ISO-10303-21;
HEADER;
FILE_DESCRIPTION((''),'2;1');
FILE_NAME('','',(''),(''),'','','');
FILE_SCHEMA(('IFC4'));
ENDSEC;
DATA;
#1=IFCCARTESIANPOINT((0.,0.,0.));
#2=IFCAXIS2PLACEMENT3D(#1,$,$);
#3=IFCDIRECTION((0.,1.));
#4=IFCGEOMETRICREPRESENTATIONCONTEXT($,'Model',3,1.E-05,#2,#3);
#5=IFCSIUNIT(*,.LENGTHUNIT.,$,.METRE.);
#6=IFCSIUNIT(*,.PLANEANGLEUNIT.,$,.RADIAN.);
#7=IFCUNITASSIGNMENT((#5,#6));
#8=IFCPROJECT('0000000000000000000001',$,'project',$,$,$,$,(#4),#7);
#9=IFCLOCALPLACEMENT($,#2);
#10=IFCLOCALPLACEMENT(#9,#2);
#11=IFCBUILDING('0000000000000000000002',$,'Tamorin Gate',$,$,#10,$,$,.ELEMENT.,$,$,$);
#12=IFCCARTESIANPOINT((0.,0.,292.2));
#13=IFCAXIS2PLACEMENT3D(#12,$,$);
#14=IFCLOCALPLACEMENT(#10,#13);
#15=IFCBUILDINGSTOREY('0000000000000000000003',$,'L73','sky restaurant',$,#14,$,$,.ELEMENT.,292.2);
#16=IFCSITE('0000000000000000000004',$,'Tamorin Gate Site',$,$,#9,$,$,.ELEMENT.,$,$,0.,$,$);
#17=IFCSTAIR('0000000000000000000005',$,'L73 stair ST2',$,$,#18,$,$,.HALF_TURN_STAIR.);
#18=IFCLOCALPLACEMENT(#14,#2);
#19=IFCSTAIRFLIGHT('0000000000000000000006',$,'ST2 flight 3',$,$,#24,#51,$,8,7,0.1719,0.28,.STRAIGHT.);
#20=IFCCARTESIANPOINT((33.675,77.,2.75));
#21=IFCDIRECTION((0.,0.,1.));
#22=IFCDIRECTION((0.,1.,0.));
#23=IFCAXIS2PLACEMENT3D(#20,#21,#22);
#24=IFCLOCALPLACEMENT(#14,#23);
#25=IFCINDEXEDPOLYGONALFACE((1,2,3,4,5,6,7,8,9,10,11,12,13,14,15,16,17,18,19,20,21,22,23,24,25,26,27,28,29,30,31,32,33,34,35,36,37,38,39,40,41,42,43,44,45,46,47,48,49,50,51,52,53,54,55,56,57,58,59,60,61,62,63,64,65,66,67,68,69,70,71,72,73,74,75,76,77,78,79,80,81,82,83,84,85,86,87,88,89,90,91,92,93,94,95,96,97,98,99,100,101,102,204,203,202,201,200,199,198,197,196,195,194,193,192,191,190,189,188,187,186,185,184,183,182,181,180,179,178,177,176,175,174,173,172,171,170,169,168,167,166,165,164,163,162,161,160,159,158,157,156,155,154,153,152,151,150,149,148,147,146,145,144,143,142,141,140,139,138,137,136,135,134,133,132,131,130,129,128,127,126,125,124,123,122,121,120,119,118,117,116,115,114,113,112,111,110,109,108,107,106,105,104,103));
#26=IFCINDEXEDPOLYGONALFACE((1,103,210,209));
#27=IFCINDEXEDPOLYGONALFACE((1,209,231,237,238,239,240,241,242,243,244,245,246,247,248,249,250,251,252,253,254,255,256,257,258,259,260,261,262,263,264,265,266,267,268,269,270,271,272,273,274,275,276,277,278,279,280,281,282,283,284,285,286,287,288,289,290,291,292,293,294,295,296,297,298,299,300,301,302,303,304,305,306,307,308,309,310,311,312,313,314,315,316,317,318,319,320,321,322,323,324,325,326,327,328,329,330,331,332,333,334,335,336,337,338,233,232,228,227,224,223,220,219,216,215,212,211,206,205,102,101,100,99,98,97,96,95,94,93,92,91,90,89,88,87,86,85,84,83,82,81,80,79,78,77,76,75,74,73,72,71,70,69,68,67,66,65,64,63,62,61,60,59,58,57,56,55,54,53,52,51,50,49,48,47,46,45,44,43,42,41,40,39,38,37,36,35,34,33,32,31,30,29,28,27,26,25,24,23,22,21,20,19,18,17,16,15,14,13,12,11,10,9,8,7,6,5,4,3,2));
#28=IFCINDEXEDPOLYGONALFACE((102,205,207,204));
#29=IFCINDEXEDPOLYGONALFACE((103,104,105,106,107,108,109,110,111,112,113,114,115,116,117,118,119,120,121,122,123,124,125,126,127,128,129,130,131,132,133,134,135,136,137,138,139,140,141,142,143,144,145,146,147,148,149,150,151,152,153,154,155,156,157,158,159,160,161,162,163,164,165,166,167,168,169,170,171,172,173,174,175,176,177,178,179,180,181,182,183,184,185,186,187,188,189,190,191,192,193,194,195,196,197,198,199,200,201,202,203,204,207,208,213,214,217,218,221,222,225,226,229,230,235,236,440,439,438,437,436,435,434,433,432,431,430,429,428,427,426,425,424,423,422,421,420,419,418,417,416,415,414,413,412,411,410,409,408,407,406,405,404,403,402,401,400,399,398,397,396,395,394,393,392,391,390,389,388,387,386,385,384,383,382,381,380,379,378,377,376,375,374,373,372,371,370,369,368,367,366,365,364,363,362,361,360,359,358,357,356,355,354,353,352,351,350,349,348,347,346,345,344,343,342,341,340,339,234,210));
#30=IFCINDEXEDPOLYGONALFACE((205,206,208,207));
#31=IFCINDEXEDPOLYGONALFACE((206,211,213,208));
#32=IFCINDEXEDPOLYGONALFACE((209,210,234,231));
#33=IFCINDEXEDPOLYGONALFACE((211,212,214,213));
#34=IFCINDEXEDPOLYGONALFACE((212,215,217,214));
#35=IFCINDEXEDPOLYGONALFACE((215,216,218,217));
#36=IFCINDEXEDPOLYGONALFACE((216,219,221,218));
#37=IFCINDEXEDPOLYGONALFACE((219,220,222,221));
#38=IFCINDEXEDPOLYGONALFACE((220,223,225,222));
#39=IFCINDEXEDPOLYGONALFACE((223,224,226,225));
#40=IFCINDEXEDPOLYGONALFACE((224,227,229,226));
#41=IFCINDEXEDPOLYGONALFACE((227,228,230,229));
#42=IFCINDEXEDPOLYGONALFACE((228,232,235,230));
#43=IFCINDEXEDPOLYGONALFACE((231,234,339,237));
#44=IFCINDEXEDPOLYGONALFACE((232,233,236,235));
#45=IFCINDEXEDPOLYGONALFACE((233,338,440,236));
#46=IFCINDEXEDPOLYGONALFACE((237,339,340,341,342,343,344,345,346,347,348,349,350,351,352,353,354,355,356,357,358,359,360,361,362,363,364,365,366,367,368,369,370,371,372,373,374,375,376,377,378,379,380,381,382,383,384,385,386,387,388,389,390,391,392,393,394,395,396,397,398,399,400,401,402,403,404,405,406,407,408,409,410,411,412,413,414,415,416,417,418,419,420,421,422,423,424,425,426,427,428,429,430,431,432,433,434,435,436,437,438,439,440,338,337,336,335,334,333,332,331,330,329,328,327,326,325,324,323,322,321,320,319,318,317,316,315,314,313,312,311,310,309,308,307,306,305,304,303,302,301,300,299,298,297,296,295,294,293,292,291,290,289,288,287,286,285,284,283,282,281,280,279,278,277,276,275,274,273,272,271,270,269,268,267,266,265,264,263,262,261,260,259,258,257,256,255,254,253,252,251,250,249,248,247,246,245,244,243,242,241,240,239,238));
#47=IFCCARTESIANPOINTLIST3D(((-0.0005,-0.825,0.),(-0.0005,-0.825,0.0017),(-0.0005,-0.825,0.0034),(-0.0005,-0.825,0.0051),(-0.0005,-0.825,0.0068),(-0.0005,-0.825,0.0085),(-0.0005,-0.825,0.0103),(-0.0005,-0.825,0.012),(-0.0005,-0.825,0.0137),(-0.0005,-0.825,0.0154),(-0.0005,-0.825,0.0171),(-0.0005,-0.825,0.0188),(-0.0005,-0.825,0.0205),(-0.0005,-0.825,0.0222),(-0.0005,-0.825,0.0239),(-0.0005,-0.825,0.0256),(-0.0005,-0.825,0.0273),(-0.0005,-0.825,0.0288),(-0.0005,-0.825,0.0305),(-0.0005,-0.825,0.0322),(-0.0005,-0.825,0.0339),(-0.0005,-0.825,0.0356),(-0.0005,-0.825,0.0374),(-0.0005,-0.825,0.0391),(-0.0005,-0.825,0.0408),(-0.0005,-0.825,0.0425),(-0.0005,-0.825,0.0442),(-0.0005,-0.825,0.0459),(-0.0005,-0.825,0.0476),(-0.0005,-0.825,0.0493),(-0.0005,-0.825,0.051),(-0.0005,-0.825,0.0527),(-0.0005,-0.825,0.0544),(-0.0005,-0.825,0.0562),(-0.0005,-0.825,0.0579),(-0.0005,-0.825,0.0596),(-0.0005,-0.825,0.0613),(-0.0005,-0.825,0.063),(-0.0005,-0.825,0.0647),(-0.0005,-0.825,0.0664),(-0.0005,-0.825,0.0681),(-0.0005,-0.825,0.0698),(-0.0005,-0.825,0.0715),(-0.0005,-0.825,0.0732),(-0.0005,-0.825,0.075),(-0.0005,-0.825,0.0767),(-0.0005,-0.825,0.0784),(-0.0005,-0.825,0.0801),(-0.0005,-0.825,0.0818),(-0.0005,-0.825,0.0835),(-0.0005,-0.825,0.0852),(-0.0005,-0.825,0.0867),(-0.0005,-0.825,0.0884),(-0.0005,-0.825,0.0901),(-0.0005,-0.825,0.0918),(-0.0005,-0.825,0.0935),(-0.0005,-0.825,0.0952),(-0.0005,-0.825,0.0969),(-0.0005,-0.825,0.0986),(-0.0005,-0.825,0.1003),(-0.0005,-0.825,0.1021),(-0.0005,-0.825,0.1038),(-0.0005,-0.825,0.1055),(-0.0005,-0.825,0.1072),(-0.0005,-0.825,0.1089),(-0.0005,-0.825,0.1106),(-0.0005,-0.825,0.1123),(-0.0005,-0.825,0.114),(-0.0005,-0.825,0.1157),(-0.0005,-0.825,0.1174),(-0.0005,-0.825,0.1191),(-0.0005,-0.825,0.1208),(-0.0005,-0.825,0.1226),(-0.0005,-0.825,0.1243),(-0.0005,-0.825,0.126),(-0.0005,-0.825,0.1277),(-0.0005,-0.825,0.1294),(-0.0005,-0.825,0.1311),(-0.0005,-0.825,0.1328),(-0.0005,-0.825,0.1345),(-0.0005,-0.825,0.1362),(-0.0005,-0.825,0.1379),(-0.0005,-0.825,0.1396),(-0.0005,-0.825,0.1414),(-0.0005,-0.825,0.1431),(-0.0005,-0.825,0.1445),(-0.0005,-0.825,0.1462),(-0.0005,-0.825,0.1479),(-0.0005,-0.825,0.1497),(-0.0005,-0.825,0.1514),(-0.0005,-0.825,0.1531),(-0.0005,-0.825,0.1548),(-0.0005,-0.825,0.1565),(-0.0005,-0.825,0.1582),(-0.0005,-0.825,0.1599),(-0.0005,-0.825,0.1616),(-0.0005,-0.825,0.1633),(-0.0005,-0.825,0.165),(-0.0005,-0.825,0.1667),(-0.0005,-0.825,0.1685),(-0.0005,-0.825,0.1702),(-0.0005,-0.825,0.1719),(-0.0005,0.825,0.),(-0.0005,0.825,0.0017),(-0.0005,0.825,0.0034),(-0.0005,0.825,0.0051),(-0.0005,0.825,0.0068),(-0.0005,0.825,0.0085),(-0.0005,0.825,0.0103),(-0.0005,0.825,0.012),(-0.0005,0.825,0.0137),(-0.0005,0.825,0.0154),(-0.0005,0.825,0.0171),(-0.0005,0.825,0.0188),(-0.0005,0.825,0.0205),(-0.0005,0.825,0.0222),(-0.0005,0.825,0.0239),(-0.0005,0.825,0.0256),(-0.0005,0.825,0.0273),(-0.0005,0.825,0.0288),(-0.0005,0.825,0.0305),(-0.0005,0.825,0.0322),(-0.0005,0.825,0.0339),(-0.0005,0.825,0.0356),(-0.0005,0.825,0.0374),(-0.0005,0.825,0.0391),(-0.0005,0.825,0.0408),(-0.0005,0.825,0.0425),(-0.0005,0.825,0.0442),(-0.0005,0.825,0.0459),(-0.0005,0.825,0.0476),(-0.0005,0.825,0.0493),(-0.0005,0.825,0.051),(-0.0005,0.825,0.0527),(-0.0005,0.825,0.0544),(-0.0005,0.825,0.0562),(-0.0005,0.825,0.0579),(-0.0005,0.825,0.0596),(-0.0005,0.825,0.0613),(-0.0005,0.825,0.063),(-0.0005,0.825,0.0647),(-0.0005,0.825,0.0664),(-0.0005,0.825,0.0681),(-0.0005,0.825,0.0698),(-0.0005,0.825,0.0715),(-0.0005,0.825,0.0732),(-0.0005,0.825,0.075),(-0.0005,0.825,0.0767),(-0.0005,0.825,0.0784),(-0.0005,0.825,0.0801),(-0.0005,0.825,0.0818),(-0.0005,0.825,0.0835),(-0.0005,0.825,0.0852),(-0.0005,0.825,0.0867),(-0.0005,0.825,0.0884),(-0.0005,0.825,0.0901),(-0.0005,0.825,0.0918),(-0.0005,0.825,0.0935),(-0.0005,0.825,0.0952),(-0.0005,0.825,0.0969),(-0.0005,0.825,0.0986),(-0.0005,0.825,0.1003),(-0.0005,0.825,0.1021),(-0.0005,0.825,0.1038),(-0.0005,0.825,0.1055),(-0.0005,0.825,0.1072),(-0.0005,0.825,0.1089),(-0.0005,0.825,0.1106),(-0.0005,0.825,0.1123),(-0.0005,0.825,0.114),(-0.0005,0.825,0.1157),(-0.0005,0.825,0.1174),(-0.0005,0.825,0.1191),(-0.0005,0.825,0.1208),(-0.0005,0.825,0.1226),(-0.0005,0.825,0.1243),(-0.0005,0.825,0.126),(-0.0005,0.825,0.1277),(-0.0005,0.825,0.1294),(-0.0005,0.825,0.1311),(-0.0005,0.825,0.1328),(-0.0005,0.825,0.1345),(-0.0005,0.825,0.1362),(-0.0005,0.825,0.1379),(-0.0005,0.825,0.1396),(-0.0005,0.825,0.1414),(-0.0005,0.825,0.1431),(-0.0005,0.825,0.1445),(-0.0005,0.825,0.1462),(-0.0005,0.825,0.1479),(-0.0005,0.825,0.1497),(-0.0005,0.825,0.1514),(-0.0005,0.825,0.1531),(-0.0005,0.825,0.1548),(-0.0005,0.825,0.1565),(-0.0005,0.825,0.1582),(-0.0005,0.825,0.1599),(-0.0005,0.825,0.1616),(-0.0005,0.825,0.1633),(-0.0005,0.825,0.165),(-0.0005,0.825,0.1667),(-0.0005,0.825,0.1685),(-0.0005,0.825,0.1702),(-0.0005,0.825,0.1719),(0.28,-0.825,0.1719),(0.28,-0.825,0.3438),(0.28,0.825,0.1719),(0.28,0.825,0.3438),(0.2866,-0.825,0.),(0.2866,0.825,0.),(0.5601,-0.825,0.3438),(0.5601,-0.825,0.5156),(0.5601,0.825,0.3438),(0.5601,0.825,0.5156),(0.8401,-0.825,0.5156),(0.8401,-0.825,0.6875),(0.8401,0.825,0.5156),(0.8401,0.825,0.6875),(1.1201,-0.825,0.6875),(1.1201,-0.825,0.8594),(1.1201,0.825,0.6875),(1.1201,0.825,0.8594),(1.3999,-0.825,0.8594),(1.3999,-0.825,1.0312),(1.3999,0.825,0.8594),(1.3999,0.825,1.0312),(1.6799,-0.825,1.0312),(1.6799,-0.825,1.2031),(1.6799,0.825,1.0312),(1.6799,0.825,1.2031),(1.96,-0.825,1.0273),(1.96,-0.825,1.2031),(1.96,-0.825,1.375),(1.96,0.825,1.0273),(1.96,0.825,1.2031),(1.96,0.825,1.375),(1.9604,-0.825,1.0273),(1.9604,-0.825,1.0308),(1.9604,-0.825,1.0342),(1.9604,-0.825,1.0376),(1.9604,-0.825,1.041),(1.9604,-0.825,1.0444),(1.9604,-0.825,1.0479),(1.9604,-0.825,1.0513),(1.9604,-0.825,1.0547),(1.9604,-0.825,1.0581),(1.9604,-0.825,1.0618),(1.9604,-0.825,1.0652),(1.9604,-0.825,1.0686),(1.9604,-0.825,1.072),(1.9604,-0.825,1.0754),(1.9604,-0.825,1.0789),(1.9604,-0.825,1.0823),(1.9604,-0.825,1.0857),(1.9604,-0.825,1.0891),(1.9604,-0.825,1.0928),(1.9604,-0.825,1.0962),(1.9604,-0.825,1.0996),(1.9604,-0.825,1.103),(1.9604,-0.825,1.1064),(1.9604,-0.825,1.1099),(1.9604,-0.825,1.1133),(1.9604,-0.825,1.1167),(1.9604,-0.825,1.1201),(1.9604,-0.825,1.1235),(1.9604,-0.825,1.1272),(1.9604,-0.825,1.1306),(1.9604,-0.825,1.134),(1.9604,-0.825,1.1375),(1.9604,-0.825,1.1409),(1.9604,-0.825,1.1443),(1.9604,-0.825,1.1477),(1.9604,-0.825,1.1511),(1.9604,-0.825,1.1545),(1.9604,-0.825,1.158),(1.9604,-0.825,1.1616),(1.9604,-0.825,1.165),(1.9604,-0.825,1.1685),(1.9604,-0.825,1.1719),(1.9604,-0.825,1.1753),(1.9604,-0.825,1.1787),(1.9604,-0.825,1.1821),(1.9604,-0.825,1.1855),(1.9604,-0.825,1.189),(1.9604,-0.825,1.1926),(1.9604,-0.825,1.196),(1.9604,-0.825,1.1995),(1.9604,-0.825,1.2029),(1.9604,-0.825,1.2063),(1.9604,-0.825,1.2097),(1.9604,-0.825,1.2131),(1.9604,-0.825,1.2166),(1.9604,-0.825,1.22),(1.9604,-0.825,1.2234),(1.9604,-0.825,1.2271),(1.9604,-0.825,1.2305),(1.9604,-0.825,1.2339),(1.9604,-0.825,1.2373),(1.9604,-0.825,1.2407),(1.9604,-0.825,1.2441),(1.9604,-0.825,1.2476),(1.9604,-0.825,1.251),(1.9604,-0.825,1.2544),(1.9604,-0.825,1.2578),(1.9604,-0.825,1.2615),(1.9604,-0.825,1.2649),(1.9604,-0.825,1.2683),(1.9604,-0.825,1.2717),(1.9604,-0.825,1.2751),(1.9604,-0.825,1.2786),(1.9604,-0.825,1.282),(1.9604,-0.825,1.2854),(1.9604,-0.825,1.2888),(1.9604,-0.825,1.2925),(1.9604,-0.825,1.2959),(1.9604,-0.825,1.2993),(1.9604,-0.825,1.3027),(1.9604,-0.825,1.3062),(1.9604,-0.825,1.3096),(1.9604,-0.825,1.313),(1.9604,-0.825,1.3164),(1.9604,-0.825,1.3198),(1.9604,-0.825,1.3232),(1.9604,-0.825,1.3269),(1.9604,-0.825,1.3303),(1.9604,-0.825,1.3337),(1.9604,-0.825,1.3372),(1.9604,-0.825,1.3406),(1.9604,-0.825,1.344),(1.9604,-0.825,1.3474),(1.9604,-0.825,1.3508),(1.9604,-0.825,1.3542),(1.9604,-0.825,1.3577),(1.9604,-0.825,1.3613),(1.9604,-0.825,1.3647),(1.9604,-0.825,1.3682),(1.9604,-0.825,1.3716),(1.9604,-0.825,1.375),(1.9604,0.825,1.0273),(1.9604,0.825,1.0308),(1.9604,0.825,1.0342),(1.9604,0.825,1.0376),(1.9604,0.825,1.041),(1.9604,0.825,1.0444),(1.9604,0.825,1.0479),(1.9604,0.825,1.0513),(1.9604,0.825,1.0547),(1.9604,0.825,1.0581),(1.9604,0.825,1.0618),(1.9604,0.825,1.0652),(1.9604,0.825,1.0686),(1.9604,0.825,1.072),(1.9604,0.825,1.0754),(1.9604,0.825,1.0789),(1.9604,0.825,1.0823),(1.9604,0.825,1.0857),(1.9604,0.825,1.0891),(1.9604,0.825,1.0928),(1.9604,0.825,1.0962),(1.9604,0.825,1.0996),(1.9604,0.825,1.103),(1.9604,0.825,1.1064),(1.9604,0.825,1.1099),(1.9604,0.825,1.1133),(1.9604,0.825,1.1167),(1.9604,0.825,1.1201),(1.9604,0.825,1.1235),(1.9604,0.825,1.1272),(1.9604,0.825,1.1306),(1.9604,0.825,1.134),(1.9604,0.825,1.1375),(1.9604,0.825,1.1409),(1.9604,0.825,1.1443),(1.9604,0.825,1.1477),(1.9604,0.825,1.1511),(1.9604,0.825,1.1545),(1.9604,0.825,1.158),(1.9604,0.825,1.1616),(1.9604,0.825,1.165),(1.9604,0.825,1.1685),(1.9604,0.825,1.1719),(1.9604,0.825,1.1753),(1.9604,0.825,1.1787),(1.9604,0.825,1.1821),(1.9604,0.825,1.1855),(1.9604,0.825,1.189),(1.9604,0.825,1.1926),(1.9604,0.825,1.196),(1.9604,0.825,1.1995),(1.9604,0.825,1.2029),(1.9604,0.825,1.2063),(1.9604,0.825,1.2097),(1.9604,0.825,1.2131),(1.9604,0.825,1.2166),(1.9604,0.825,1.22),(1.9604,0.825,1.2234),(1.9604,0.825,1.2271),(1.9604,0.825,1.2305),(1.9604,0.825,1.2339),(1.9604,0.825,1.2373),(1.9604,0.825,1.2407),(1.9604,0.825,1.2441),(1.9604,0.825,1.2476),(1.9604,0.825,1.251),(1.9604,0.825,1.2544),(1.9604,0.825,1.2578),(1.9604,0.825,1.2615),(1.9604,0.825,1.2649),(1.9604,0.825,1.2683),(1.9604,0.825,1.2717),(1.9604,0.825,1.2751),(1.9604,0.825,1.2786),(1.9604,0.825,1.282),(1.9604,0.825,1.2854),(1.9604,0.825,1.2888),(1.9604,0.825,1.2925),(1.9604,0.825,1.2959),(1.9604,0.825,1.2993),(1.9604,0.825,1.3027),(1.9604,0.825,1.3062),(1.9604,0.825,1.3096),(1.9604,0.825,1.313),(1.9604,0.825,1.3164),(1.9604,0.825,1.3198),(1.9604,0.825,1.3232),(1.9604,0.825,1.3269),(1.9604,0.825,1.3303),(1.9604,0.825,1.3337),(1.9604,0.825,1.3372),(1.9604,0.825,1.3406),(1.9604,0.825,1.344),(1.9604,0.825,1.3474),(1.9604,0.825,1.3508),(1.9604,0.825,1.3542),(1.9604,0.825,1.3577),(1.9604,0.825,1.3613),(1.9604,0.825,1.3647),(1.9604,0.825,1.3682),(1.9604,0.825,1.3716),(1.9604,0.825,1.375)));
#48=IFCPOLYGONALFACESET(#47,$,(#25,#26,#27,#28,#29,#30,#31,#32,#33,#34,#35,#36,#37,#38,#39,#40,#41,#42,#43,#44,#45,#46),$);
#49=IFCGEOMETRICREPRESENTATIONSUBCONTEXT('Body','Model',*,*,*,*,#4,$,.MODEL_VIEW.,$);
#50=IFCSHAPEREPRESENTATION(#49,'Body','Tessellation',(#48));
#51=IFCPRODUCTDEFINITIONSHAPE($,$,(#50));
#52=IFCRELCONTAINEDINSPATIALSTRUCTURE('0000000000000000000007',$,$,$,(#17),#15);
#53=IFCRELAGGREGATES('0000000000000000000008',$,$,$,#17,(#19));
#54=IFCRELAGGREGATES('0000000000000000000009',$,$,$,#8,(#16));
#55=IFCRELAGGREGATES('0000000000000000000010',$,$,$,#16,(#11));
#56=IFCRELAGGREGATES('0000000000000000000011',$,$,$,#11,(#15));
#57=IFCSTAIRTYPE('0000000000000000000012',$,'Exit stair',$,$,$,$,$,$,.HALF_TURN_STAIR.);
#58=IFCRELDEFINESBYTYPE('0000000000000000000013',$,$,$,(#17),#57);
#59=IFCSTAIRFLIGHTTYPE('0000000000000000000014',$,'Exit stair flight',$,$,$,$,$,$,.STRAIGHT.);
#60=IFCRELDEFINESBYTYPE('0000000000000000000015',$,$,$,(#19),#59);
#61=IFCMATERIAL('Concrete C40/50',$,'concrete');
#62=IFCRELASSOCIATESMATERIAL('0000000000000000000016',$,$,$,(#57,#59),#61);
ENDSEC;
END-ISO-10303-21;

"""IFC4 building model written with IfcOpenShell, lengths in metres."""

from ifc_helpers import new_model, si_unit, direction, frame, origin, place, context, subcontext, project, spatial, polyline, outline, extrude, material, type_object, element, aggregate, save


model = new_model("IFC4")

# Units and contexts
model_context = context("Model", 3, precision=1e-05, world=origin(), true_north=direction((0.0, 1.0)))
body_context = subcontext(model_context, "Body", "Model", "MODEL_VIEW")
ifc_project = project(units=[si_unit("LENGTHUNIT", "METRE"), si_unit("PLANEANGLEUNIT", "RADIAN")], contexts=[model_context])

# Site, building, storey
site_placement = place(None, origin())
site = spatial("IfcSite", under=ifc_project, at=site_placement, Name="Tamorin Gate Site", CompositionType="ELEMENT", RefElevation=0.0)
building_placement = place(site_placement, origin())
building = spatial("IfcBuilding", under=site, at=building_placement, Name="Tamorin Gate", CompositionType="ELEMENT")
storey_placement = place(building_placement, frame((0.0, 0.0, 292.2)))
storey = spatial("IfcBuildingStorey", under=building, at=storey_placement, Name="L73", Description="sky restaurant", CompositionType="ELEMENT", Elevation=292.2)

# Shared definitions
ifc_material_1 = material(Name="Concrete C40/50", Category="concrete")

# Stair, stair flight
stair_type = type_object("IfcStairType", Name="Exit stair", PredefinedType="HALF_TURN_STAIR", material=ifc_material_1)
stair_placement = place(storey_placement, origin())
stair = element("IfcStair", 1, at=stair_placement, inside=storey, type_object=stair_type, Name="L73 stair ST2", PredefinedType="HALF_TURN_STAIR")
stair_flight_type = type_object("IfcStairFlightType", Name="Exit stair flight", PredefinedType="STRAIGHT", material=ifc_material_1)
stair_flight_1_placement = place(storey_placement, frame((33.675, 77.0, 2.75), z_axis=(0.0, 0.0, 1.0), x_axis=(0.0, 1.0, 0.0)))
stair_flight_1 = element("IfcStairFlight", 2, at=stair_flight_1_placement, type_object=stair_flight_type, Name="ST2 flight 3", NumberOfRisers=8, NumberOfTreads=7, PredefinedType="STRAIGHT", RiserHeight=0.1719, TreadLength=0.28, context=body_context, shape_type="SweptSolid", body=[
    extrude(outline(polyline([(-0.0005, 0.0), (-0.0005, 0.0017), (-0.0005, 0.0034), (-0.0005, 0.0051), (-0.0005, 0.0068), (-0.0005, 0.0085), (-0.0005, 0.0103), (-0.0005, 0.012), (-0.0005, 0.0137), (-0.0005, 0.0154), (-0.0005, 0.0171), (-0.0005, 0.0188), (-0.0005, 0.0205), (-0.0005, 0.0222), (-0.0005, 0.0239), (-0.0005, 0.0256), (-0.0005, 0.0273), (-0.0005, 0.0288), (-0.0005, 0.0305), (-0.0005, 0.0322), (-0.0005, 0.0339), (-0.0005, 0.0356), (-0.0005, 0.0374), (-0.0005, 0.0391), (-0.0005, 0.0408), (-0.0005, 0.0425), (-0.0005, 0.0442), (-0.0005, 0.0459), (-0.0005, 0.0476), (-0.0005, 0.0493), (-0.0005, 0.051), (-0.0005, 0.0527), (-0.0005, 0.0544), (-0.0005, 0.0562), (-0.0005, 0.0579), (-0.0005, 0.0596), (-0.0005, 0.0613), (-0.0005, 0.063), (-0.0005, 0.0647), (-0.0005, 0.0664), (-0.0005, 0.0681), (-0.0005, 0.0698), (-0.0005, 0.0715), (-0.0005, 0.0732), (-0.0005, 0.075), (-0.0005, 0.0767), (-0.0005, 0.0784), (-0.0005, 0.0801), (-0.0005, 0.0818), (-0.0005, 0.0835), (-0.0005, 0.0852), (-0.0005, 0.0867), (-0.0005, 0.0884), (-0.0005, 0.0901), (-0.0005, 0.0918), (-0.0005, 0.0935), (-0.0005, 0.0952), (-0.0005, 0.0969), (-0.0005, 0.0986), (-0.0005, 0.1003), (-0.0005, 0.1021), (-0.0005, 0.1038), (-0.0005, 0.1055), (-0.0005, 0.1072), (-0.0005, 0.1089), (-0.0005, 0.1106), (-0.0005, 0.1123), (-0.0005, 0.114), (-0.0005, 0.1157), (-0.0005, 0.1174), (-0.0005, 0.1191), (-0.0005, 0.1208), (-0.0005, 0.1226), (-0.0005, 0.1243), (-0.0005, 0.126), (-0.0005, 0.1277), (-0.0005, 0.1294), (-0.0005, 0.1311), (-0.0005, 0.1328), (-0.0005, 0.1345), (-0.0005, 0.1362), (-0.0005, 0.1379), (-0.0005, 0.1396), (-0.0005, 0.1414), (-0.0005, 0.1431), (-0.0005, 0.1445), (-0.0005, 0.1462), (-0.0005, 0.1479), (-0.0005, 0.1497), (-0.0005, 0.1514), (-0.0005, 0.1531), (-0.0005, 0.1548), (-0.0005, 0.1565), (-0.0005, 0.1582), (-0.0005, 0.1599), (-0.0005, 0.1616), (-0.0005, 0.1633), (-0.0005, 0.165), (-0.0005, 0.1667), (-0.0005, 0.1685), (-0.0005, 0.1702), (-0.0005, 0.1719), (0.28, 0.1719), (0.28, 0.3438), (0.5601, 0.3438), (0.5601, 0.5156), (0.8401, 0.5156), (0.8401, 0.6875), (1.1201, 0.6875), (1.1201, 0.8594), (1.3999, 0.8594), (1.3999, 1.0312), (1.6799, 1.0312), (1.6799, 1.2031), (1.96, 1.2031), (1.96, 1.375), (1.9604, 1.375), (1.9604, 1.3716), (1.9604, 1.3682), (1.9604, 1.3647), (1.9604, 1.3613), (1.9604, 1.3577), (1.9604, 1.3542), (1.9604, 1.3508), (1.9604, 1.3474), (1.9604, 1.344), (1.9604, 1.3406), (1.9604, 1.3372), (1.9604, 1.3337), (1.9604, 1.3303), (1.9604, 1.3269), (1.9604, 1.3232), (1.9604, 1.3198), (1.9604, 1.3164), (1.9604, 1.313), (1.9604, 1.3096), (1.9604, 1.3062), (1.9604, 1.3027), (1.9604, 1.2993), (1.9604, 1.2959), (1.9604, 1.2925), (1.9604, 1.2888), (1.9604, 1.2854), (1.9604, 1.282), (1.9604, 1.2786), (1.9604, 1.2751), (1.9604, 1.2717), (1.9604, 1.2683), (1.9604, 1.2649), (1.9604, 1.2615), (1.9604, 1.2578), (1.9604, 1.2544), (1.9604, 1.251), (1.9604, 1.2476), (1.9604, 1.2441), (1.9604, 1.2407), (1.9604, 1.2373), (1.9604, 1.2339), (1.9604, 1.2305), (1.9604, 1.2271), (1.9604, 1.2234), (1.9604, 1.22), (1.9604, 1.2166), (1.9604, 1.2131), (1.9604, 1.2097), (1.9604, 1.2063), (1.9604, 1.2029), (1.9604, 1.1995), (1.9604, 1.196), (1.9604, 1.1926), (1.9604, 1.189), (1.9604, 1.1855), (1.9604, 1.1821), (1.9604, 1.1787), (1.9604, 1.1753), (1.9604, 1.1719), (1.9604, 1.1685), (1.9604, 1.165), (1.9604, 1.1616), (1.9604, 1.158), (1.9604, 1.1545), (1.9604, 1.1511), (1.9604, 1.1477), (1.9604, 1.1443), (1.9604, 1.1409), (1.9604, 1.1375), (1.9604, 1.134), (1.9604, 1.1306), (1.9604, 1.1272), (1.9604, 1.1235), (1.9604, 1.1201), (1.9604, 1.1167), (1.9604, 1.1133), (1.9604, 1.1099), (1.9604, 1.1064), (1.9604, 1.103), (1.9604, 1.0996), (1.9604, 1.0962), (1.9604, 1.0928), (1.9604, 1.0891), (1.9604, 1.0857), (1.9604, 1.0823), (1.9604, 1.0789), (1.9604, 1.0754), (1.9604, 1.072), (1.9604, 1.0686), (1.9604, 1.0652), (1.9604, 1.0618), (1.9604, 1.0581), (1.9604, 1.0547), (1.9604, 1.0513), (1.9604, 1.0479), (1.9604, 1.0444), (1.9604, 1.041), (1.9604, 1.0376), (1.9604, 1.0342), (1.9604, 1.0308), (1.9604, 1.0273), (1.96, 1.0273), (0.2866, 0.0), (-0.0005, 0.0)])), frame((0.0, 0.825, 0.0), z_axis=(0.0, -1.0, 0.0), x_axis=(1.0, 0.0, 0.0)), (0.0, 0.0, 1.0), 1.6499),
])
aggregate(stair, [stair_flight_1])

save(model, "model.ifc")
